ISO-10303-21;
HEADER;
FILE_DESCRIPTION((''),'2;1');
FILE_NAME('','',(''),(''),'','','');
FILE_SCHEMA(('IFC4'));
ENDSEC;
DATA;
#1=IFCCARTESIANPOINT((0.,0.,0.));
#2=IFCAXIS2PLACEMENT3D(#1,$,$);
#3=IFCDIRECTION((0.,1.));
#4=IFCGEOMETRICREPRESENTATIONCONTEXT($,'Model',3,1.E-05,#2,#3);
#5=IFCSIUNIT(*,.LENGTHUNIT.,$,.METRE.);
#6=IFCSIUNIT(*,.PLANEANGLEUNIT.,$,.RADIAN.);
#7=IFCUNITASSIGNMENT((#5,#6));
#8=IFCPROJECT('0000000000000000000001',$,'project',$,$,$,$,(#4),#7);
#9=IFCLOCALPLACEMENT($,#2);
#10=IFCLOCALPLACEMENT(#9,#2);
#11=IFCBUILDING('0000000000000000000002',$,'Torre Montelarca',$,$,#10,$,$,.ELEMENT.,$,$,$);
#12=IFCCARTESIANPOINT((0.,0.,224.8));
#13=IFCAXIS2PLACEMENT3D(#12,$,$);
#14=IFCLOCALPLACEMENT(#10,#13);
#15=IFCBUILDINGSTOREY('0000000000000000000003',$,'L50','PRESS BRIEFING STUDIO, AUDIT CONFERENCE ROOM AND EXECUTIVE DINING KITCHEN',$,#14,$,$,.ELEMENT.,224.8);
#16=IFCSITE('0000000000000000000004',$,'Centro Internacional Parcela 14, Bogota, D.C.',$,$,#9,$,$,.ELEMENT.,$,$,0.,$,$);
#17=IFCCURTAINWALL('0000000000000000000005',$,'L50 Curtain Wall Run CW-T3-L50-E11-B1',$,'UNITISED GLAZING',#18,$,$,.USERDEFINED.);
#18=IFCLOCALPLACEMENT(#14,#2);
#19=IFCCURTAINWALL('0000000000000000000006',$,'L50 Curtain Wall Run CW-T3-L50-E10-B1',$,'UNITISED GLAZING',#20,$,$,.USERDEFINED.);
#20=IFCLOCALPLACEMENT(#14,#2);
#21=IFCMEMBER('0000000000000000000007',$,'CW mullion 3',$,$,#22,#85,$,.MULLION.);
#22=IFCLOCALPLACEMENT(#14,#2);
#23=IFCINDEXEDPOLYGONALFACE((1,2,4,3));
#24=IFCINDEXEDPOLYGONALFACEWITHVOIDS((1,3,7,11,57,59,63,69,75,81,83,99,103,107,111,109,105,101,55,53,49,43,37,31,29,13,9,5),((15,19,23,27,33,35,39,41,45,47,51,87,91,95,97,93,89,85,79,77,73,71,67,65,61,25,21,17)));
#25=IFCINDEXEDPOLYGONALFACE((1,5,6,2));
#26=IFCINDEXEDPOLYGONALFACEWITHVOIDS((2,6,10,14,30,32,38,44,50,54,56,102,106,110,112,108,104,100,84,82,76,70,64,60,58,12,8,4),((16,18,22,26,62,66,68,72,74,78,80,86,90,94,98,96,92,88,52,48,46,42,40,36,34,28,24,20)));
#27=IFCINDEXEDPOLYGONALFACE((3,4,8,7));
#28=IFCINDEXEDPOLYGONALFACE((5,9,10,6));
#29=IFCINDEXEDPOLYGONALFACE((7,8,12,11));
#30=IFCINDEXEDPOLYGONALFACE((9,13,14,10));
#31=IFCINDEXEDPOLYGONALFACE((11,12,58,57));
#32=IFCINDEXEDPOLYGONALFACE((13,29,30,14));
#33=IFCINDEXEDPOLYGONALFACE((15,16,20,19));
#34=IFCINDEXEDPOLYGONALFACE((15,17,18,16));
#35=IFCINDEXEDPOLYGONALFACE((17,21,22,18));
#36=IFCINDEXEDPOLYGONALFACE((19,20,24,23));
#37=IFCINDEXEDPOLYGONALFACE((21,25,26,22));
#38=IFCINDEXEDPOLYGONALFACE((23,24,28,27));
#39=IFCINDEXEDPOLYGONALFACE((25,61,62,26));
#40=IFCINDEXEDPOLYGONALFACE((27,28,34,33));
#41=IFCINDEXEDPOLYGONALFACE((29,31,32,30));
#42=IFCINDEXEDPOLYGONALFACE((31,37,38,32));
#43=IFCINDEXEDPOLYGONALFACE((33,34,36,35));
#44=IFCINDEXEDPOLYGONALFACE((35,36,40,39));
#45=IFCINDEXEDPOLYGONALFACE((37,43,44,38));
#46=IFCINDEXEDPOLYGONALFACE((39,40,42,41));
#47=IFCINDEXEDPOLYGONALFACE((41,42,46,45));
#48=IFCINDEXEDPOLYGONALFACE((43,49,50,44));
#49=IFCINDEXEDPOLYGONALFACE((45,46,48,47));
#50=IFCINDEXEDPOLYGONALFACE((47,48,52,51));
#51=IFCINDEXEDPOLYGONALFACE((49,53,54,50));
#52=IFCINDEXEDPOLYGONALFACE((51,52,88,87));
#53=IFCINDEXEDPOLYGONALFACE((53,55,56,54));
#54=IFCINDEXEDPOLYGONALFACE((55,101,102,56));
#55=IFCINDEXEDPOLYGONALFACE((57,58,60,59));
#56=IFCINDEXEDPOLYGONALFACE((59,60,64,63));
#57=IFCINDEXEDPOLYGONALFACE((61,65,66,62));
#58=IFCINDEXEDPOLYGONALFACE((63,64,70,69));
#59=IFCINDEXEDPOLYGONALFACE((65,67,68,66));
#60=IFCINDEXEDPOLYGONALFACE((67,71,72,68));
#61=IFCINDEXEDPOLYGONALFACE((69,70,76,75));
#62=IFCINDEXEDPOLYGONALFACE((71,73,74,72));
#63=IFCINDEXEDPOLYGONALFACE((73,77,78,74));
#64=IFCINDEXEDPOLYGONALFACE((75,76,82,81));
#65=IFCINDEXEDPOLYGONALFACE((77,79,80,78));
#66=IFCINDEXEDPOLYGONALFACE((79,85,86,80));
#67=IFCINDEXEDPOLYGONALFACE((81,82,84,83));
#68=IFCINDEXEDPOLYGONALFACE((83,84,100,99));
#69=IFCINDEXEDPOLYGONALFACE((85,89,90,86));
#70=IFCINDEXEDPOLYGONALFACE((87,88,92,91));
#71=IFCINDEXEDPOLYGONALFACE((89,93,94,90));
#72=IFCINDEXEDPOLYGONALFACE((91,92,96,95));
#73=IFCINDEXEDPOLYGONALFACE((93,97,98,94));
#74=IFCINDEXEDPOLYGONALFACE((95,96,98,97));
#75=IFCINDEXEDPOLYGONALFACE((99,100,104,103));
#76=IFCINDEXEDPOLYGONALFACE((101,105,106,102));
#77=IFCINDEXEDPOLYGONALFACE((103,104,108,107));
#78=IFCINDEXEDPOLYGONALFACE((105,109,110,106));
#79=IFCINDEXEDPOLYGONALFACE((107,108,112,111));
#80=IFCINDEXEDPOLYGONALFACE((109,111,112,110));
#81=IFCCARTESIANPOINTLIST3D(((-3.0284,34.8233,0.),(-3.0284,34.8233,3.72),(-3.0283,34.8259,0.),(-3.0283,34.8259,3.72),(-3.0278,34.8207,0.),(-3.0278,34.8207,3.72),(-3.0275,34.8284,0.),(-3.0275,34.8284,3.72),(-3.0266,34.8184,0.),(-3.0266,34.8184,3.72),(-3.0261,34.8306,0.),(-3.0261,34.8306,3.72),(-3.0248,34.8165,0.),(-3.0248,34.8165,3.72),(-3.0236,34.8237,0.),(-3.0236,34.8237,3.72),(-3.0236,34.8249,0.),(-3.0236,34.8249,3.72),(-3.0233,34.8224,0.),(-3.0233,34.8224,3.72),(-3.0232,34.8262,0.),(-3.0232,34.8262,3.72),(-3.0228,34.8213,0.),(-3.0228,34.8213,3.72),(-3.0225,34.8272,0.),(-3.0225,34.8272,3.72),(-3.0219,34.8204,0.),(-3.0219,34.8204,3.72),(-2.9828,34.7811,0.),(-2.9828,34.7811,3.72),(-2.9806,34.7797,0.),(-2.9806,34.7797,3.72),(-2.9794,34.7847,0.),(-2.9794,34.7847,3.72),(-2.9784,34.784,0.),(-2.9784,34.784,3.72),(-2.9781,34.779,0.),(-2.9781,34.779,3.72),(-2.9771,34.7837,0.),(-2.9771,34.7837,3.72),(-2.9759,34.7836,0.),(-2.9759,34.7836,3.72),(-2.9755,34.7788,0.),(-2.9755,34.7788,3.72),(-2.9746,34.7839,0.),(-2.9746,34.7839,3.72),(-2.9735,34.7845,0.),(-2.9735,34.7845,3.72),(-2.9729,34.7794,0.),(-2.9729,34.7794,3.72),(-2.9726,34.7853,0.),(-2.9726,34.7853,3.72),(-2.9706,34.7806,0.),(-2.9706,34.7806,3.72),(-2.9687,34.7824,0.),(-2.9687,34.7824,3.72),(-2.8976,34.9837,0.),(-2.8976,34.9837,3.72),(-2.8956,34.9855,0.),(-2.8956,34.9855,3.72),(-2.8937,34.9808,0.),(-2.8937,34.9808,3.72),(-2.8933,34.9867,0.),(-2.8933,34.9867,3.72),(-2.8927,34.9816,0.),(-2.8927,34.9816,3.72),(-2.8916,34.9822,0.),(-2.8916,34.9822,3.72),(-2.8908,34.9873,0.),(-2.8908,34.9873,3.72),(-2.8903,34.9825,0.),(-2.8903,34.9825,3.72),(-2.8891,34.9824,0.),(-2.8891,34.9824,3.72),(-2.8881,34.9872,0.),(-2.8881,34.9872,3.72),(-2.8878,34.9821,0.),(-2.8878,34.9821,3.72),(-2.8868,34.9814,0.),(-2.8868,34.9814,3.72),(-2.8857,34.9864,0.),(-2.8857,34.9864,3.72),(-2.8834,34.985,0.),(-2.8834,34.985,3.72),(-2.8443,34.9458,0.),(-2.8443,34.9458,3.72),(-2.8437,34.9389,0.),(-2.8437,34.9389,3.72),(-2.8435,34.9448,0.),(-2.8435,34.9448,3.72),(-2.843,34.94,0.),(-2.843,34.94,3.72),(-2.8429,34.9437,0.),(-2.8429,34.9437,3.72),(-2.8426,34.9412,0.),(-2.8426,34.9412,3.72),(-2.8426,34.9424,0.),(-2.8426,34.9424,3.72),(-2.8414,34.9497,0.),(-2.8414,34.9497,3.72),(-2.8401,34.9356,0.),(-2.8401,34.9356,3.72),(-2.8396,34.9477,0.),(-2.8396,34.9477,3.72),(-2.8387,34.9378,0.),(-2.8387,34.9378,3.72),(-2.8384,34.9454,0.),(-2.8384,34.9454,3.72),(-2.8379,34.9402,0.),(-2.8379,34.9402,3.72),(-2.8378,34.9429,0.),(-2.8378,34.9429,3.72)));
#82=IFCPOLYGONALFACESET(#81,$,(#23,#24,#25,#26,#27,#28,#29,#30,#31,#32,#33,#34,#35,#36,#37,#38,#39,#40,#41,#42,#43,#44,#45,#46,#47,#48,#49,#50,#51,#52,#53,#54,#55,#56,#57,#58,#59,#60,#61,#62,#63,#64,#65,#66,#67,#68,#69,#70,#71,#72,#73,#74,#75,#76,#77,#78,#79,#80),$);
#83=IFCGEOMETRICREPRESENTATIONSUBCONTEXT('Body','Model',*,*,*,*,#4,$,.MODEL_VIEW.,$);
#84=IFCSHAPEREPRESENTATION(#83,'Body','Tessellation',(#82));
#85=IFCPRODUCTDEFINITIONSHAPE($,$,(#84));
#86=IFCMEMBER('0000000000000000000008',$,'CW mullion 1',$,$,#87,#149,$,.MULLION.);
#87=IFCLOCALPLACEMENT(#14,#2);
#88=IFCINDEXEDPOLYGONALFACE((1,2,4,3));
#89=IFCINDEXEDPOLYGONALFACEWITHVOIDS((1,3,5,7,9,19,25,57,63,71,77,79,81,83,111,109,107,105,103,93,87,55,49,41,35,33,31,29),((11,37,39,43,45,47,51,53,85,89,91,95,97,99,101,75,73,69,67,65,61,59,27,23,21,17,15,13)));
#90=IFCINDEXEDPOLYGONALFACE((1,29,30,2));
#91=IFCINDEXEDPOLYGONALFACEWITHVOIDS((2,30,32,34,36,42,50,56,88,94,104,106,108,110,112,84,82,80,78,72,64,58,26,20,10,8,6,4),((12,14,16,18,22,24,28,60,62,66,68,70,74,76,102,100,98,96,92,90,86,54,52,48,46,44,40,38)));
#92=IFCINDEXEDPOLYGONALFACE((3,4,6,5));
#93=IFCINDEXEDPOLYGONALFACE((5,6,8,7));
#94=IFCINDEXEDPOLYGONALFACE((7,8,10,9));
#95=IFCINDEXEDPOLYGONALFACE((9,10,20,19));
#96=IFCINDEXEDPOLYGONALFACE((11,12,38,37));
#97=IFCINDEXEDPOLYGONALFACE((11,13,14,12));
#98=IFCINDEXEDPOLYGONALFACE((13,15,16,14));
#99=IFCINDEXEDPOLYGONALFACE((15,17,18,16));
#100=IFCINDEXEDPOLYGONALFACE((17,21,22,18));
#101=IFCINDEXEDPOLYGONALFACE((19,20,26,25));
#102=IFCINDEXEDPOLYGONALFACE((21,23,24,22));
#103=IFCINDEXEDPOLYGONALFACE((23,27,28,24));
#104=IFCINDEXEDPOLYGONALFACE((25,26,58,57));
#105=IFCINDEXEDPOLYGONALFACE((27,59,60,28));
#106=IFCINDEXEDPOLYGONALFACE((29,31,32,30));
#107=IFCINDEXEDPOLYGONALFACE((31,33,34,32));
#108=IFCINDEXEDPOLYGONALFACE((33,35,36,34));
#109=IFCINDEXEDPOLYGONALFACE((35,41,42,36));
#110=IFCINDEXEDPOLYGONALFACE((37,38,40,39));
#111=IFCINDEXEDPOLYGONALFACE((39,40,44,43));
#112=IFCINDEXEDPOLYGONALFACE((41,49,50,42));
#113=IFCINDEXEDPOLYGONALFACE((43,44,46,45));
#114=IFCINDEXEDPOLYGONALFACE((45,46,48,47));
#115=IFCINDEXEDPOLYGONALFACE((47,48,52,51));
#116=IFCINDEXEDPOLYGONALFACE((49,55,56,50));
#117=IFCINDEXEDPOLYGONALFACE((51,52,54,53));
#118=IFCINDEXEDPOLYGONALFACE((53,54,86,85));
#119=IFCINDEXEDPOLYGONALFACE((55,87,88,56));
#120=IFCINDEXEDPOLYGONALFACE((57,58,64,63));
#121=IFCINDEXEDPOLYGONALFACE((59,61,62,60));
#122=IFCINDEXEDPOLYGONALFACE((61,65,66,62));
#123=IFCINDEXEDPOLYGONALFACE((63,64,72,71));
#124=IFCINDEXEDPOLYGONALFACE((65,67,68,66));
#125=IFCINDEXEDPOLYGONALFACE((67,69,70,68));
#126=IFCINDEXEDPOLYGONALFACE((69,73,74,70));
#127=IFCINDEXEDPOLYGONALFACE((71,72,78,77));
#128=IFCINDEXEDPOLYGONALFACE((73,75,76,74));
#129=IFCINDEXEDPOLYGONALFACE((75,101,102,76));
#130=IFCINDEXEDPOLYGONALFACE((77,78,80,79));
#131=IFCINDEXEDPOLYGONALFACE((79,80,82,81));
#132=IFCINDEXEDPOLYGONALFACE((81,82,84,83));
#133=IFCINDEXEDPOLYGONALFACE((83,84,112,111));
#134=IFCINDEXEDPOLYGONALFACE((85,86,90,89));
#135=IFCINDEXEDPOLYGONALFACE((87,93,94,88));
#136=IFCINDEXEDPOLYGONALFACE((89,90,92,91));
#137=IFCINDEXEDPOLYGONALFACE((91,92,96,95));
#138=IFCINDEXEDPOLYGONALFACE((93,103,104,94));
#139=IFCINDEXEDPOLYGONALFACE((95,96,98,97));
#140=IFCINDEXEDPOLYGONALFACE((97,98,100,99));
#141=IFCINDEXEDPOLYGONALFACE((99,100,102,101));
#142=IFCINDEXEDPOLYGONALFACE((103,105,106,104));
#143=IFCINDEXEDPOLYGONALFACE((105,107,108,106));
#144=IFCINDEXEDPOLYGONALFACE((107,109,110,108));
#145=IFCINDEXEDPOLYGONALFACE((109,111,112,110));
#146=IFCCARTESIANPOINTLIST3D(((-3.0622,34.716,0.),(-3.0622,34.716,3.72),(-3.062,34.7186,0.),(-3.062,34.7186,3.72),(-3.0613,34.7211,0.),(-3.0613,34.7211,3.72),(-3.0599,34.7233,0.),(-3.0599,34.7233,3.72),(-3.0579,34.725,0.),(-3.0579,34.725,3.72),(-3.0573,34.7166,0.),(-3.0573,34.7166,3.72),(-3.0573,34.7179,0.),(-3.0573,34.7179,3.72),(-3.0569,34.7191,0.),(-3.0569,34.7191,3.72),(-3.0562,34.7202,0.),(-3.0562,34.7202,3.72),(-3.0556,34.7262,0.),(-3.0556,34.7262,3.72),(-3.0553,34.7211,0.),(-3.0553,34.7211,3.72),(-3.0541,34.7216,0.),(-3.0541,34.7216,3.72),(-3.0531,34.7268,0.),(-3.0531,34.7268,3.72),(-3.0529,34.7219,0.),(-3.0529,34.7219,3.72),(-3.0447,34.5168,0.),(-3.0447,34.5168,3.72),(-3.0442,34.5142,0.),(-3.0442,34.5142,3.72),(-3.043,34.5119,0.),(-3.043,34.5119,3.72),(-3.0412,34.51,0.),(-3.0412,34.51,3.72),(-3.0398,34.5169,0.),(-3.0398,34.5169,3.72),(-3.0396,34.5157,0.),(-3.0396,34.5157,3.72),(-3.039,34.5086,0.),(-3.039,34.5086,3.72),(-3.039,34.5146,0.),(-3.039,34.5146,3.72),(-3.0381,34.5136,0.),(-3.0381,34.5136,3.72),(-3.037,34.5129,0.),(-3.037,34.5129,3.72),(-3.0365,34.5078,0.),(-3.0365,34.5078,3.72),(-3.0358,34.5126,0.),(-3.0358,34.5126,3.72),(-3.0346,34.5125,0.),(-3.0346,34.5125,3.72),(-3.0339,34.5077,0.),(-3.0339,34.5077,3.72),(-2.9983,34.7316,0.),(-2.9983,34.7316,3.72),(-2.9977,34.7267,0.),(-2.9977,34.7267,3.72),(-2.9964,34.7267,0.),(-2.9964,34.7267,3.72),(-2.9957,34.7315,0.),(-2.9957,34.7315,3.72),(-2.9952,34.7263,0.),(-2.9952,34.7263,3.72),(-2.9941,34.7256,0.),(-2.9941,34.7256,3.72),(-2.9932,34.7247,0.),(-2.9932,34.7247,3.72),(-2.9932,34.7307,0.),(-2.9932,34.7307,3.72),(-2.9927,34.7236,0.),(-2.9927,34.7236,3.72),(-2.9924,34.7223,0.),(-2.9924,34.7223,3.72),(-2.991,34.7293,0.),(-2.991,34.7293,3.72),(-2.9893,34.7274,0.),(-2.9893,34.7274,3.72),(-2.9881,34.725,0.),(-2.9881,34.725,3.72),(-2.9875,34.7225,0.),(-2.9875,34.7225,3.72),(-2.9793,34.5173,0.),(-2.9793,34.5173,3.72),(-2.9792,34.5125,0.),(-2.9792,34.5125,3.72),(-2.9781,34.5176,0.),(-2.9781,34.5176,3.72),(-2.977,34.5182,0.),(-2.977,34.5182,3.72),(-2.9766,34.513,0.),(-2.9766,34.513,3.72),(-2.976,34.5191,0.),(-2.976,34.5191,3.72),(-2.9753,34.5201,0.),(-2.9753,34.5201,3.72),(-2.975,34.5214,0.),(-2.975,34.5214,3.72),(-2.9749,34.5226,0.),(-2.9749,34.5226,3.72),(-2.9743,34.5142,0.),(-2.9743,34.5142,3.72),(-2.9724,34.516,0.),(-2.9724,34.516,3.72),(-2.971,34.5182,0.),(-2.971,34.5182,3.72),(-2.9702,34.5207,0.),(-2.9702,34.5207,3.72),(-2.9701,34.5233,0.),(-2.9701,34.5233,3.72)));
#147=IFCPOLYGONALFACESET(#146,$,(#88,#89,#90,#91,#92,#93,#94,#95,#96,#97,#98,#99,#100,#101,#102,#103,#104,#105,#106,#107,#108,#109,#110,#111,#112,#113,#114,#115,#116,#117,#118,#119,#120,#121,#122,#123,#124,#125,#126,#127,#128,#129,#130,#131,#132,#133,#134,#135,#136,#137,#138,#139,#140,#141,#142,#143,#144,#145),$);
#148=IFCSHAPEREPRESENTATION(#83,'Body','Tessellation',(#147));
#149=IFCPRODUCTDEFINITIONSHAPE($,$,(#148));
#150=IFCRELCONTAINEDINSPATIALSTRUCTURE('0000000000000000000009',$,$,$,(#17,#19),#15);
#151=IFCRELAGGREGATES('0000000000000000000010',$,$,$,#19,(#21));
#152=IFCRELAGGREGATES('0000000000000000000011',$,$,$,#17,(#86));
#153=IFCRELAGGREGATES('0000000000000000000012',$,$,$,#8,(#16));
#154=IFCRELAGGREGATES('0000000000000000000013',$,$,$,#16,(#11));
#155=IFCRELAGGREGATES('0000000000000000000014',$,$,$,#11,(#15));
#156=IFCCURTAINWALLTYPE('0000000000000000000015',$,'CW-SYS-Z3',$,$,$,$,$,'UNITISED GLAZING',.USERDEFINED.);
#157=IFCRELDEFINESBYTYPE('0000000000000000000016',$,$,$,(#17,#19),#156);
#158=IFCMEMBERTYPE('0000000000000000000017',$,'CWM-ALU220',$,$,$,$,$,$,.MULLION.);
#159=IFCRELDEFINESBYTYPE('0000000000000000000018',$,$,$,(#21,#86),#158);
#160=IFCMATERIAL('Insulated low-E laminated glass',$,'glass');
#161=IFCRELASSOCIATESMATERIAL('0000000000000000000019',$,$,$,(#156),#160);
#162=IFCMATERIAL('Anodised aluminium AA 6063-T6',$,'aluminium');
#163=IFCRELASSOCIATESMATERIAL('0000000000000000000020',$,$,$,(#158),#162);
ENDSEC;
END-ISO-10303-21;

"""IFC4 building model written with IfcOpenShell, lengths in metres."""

from ifc_helpers import new_model, si_unit, direction, frame, origin, origin_2d, place, context, subcontext, project, spatial, hollow_rectangle, extrude, source, transform, mapped, material, material_profile, profile_set, type_object, element, aggregate, save


model = new_model("IFC4")

# Units and contexts
model_context = context("Model", 3, precision=1e-05, world=origin(), true_north=direction((0.0, 1.0)))
body_context = subcontext(model_context, "Body", "Model", "MODEL_VIEW")
ifc_project = project(units=[si_unit("LENGTHUNIT", "METRE"), si_unit("PLANEANGLEUNIT", "RADIAN")], contexts=[model_context])

# Site, building, storey
site_placement = place(None, origin())
site = spatial("IfcSite", under=ifc_project, at=site_placement, Name="Centro Internacional Parcela 14, Bogota, D.C.", CompositionType="ELEMENT", RefElevation=0.0)
building_placement = place(site_placement, origin())
building = spatial("IfcBuilding", under=site, at=building_placement, Name="Torre Montelarca", CompositionType="ELEMENT")
storey_placement = place(building_placement, frame((0.0, 0.0, 224.8)))
storey = spatial("IfcBuildingStorey", under=building, at=storey_placement, Name="L50", Description="PRESS BRIEFING STUDIO, AUDIT CONFERENCE ROOM AND EXECUTIVE DINING KITCHEN", CompositionType="ELEMENT", Elevation=224.8)

# Curtain wall
ifc_material_1 = material(Name="Insulated low-E laminated glass", Category="glass")
curtain_wall_type = type_object("IfcCurtainWallType", Name="CW-SYS-Z3", ElementType="UNITISED GLAZING", PredefinedType="USERDEFINED", material=ifc_material_1)
curtain_wall_1_placement = place(storey_placement, origin())
curtain_wall_1 = element("IfcCurtainWall", 1, at=curtain_wall_1_placement, inside=storey, type_object=curtain_wall_type, Name="L50 Curtain Wall Run CW-T3-L50-E11-B1", ObjectType="UNITISED GLAZING", PredefinedType="USERDEFINED")
ifc_material_2 = material(Name="Anodised aluminium AA 6063-T6", Category="aluminium")

# Curtain wall, member
curtain_wall_2_placement = place(storey_placement, origin())
curtain_wall_2 = element("IfcCurtainWall", 2, at=curtain_wall_2_placement, inside=storey, type_object=curtain_wall_type, Name="L50 Curtain Wall Run CW-T3-L50-E10-B1", ObjectType="UNITISED GLAZING", PredefinedType="USERDEFINED")
ifc_material_profile_1 = material_profile(ifc_material_2, hollow_rectangle(XDim=0.075, YDim=0.22, WallThickness=0.0049, InnerFilletRadius=0.0049, OuterFilletRadius=0.01, at=origin_2d()), Name="ALU75X220X5", Category="aluminium")
ifc_profile_set_1 = profile_set([ifc_material_profile_1], Name="Anodised aluminium AA 6063-T6")
member_type_1 = type_object("IfcMemberType", Name="CWM-ALU220", PredefinedType="MULLION", material=ifc_profile_set_1)
shared_shape_1 = source(origin(), body_context, "Body", "SweptSolid", [
    extrude(hollow_rectangle(XDim=0.075, YDim=0.22, WallThickness=0.0049, InnerFilletRadius=0.0049, OuterFilletRadius=0.01, at=origin_2d()), origin(), (0.0, 0.0, 1.0), 3.72),
])
member_1_placement = place(storey_placement, frame((-2.9331, 34.8831, 0.0), z_axis=(0.0, 0.0, 1.0), x_axis=(0.766044, -0.642788, 0.0)))
member_1 = element("IfcMember", 3, at=member_1_placement, type_object=member_type_1, Name="CW mullion 3", PredefinedType="MULLION", context=body_context, shape_type="MappedRepresentation", body=[
    mapped(shared_shape_1, transform((0.0, 0.0, 0.0), scale=1.0)),
])
aggregate(curtain_wall_2, [member_1])

# Member
member_2_placement = place(storey_placement, frame((-3.0161, 34.6196, 0.0), z_axis=(0.0, 0.0, 1.0), x_axis=(0.996194, 0.087166, 0.0)))
member_2 = element("IfcMember", 4, at=member_2_placement, type_object=member_type_1, Name="CW mullion 1", PredefinedType="MULLION", context=body_context, shape_type="MappedRepresentation", body=[
    mapped(shared_shape_1, transform((0.0, 0.0, 0.0), scale=1.0)),
])

aggregate(curtain_wall_1, [member_2])

save(model, "model.ifc")
